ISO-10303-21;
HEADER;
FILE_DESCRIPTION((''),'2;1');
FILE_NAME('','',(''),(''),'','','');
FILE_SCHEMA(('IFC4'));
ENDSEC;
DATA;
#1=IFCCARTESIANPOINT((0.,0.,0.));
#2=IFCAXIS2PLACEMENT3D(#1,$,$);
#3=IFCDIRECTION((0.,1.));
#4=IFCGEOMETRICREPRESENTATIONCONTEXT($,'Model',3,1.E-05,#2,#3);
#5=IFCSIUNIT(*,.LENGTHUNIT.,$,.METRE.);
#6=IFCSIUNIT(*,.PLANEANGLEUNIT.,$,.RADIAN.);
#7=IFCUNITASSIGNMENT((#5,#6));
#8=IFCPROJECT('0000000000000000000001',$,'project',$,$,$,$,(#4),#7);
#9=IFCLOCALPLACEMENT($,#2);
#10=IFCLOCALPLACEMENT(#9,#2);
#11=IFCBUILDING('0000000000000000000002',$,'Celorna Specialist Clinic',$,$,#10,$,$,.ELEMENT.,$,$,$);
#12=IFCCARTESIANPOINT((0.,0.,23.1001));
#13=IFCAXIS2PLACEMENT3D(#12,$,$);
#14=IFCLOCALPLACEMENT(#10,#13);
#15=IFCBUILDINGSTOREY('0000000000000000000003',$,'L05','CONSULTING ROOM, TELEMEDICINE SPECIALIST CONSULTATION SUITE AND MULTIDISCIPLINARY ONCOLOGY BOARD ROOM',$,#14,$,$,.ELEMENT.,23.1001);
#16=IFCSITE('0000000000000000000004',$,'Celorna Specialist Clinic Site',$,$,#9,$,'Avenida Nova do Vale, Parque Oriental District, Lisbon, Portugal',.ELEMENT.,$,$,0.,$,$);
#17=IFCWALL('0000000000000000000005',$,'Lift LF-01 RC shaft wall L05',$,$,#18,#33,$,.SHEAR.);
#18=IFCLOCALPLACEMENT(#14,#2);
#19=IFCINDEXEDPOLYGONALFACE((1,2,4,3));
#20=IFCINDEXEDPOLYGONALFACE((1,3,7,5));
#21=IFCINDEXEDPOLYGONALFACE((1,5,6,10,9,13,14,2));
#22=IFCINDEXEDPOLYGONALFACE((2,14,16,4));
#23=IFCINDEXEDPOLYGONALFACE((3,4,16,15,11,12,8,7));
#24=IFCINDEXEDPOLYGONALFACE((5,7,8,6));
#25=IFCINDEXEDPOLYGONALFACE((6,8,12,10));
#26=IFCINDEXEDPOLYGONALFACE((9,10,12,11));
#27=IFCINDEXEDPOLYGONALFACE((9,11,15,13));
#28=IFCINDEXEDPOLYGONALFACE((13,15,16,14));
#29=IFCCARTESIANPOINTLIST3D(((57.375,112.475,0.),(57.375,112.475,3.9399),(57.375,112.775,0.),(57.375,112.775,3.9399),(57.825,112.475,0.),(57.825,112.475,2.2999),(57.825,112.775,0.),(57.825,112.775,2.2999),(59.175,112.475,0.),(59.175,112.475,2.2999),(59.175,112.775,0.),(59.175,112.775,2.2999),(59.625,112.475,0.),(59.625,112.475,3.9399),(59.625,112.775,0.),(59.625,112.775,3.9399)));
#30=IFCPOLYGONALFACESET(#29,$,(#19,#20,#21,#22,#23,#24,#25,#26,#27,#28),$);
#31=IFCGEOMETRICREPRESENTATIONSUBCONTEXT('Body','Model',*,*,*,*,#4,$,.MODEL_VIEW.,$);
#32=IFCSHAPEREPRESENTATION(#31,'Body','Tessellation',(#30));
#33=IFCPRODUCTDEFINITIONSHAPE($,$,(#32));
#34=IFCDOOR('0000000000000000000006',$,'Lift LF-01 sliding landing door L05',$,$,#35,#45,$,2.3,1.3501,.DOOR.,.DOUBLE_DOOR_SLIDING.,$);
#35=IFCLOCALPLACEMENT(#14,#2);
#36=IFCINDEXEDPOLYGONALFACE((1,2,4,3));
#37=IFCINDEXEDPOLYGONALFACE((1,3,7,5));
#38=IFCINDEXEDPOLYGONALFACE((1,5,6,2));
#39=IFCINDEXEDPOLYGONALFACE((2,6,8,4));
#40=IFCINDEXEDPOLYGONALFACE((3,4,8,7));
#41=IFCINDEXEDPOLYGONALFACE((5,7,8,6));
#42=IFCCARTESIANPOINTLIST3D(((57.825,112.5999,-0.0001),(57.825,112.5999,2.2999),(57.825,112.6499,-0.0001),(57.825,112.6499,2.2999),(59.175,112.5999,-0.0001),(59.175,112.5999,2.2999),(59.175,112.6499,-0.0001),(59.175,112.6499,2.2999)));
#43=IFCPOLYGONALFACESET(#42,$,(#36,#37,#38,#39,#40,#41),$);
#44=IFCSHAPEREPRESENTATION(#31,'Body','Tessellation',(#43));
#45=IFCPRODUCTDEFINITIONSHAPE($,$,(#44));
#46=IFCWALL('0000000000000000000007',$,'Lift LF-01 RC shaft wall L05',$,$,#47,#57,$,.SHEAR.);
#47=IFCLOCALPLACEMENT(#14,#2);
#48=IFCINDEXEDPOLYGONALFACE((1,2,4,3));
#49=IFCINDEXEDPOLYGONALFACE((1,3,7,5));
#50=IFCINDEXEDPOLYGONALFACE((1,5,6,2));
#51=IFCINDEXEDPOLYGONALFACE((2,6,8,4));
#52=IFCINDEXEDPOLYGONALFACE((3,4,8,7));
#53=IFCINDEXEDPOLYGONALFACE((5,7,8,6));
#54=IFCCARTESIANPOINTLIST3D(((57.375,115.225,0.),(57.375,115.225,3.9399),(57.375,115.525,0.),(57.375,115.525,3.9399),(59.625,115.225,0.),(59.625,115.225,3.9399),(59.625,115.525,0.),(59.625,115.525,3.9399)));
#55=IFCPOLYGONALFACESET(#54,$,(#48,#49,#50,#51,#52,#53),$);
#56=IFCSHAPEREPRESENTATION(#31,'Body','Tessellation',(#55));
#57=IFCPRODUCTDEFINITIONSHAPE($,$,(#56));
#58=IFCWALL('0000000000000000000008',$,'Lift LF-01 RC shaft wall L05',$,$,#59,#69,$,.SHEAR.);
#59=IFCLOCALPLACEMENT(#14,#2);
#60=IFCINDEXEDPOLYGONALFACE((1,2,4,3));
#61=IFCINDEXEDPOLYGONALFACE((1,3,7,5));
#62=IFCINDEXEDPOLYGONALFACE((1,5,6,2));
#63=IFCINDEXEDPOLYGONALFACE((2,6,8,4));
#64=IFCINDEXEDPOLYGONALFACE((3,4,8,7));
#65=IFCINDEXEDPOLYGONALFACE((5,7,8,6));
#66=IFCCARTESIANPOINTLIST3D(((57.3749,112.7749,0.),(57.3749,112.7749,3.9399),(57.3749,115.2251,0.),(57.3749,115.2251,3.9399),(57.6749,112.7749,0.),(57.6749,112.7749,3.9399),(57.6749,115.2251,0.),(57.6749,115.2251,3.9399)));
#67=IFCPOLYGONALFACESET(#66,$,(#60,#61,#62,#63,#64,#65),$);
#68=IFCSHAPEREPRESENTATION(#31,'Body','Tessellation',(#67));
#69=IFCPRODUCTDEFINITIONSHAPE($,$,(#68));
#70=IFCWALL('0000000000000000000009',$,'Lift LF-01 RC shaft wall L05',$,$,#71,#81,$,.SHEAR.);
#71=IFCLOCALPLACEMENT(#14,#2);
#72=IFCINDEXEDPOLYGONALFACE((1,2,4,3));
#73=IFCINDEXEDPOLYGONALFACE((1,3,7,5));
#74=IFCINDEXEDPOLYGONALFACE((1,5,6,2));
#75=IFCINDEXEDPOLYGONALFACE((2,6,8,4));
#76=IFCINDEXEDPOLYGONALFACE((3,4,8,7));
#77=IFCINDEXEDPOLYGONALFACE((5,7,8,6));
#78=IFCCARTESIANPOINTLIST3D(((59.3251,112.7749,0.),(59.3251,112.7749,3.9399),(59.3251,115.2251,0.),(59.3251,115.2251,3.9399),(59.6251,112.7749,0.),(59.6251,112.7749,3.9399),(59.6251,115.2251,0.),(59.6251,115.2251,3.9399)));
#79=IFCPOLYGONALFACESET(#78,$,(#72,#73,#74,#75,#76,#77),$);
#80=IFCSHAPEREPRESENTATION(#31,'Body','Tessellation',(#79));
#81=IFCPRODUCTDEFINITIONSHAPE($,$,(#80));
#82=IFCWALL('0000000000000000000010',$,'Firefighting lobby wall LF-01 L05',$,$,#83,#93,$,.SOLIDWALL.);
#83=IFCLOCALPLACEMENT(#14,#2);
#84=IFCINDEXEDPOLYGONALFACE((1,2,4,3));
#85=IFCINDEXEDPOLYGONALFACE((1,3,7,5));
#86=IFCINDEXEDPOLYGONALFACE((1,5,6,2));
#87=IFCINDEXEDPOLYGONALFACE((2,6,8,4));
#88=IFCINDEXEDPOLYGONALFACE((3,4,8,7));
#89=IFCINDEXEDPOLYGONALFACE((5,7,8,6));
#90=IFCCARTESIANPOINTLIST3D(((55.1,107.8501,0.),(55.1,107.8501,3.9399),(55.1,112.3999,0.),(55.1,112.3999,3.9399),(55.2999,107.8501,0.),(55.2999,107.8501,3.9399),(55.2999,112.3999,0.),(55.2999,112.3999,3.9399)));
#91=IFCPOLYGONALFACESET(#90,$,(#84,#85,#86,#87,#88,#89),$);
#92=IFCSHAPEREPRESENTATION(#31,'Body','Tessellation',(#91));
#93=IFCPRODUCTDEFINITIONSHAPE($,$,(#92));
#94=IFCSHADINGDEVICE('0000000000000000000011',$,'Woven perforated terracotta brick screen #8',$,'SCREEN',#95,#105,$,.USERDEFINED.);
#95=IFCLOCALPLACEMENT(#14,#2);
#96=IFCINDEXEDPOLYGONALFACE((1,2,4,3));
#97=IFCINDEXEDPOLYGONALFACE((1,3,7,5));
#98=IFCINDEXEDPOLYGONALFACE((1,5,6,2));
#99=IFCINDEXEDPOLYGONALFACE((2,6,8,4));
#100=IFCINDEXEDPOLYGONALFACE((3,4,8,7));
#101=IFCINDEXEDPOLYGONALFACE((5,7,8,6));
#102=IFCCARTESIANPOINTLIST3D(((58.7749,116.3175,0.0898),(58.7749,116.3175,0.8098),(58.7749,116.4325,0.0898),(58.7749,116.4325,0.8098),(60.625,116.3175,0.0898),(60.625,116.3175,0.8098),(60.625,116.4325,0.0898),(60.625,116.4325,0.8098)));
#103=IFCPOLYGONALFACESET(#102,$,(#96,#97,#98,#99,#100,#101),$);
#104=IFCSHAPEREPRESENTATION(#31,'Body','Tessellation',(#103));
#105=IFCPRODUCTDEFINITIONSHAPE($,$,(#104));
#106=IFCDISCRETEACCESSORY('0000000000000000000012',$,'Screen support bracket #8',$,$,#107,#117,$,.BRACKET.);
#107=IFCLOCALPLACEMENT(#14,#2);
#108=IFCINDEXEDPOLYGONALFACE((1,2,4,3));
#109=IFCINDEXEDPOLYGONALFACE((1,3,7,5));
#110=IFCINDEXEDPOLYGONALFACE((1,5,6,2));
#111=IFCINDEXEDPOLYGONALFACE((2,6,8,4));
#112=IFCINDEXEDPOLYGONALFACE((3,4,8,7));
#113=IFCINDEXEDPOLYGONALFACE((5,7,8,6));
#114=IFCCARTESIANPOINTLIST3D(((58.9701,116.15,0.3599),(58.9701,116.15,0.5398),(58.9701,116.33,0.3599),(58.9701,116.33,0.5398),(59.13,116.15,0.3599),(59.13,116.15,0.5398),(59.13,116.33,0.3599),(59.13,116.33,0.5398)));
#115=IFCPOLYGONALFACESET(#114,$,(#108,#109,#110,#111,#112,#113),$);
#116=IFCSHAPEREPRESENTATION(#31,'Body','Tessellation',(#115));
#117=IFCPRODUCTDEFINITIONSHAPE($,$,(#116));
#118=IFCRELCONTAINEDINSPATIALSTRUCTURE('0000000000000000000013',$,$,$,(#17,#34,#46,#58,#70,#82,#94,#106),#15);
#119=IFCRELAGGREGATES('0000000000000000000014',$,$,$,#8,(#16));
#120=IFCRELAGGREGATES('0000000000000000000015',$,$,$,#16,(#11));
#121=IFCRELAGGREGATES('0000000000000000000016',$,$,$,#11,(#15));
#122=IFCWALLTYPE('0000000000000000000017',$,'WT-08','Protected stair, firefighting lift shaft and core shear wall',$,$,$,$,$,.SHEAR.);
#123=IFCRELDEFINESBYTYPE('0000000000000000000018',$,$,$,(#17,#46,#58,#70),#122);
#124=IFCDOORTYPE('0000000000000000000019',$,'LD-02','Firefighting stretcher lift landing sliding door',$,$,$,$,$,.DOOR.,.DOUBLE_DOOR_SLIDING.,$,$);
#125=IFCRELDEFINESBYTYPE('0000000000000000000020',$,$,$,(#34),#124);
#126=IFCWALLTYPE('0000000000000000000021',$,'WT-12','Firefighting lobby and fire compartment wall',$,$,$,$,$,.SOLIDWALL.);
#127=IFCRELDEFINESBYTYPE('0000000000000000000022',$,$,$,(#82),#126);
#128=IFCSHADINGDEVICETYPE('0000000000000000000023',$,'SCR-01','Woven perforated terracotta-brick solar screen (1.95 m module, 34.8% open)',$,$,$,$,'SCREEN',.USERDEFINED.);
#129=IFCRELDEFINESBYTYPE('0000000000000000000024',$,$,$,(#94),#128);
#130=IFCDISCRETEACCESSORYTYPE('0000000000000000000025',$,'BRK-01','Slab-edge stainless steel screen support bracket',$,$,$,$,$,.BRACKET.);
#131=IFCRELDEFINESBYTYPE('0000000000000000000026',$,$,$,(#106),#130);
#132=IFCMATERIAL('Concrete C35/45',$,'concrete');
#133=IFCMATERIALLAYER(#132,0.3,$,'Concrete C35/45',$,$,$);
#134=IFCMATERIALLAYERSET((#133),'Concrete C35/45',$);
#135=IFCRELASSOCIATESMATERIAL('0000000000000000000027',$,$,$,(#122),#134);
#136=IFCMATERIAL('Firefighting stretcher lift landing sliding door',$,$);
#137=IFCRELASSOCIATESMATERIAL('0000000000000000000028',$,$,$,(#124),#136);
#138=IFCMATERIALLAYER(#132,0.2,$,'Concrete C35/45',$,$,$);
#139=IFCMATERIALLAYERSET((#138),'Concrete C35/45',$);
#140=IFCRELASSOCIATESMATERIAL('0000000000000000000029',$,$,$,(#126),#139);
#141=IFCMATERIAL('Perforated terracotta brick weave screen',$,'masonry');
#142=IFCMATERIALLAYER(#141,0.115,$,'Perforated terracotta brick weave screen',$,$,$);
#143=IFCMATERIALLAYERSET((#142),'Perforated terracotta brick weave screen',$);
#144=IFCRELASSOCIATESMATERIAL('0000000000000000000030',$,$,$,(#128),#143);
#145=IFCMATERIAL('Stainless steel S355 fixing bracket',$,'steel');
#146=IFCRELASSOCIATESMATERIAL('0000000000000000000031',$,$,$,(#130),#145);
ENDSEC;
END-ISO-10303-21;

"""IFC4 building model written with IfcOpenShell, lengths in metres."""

from ifc_helpers import new_model, si_unit, direction, frame, frame_2d, origin, origin_2d, place, context, subcontext, project, spatial, rectangle, extrude, material, layer, layer_set, type_object, element, fill, save


model = new_model("IFC4")

# Units and contexts
model_context = context("Model", 3, precision=1e-05, world=origin(), true_north=direction((0.0, 1.0)))
body_context = subcontext(model_context, "Body", "Model", "MODEL_VIEW")
ifc_project = project(units=[si_unit("LENGTHUNIT", "METRE"), si_unit("PLANEANGLEUNIT", "RADIAN")], contexts=[model_context])

# Site, building, storey
site_placement = place(None, origin())
site = spatial("IfcSite", under=ifc_project, at=site_placement, Name="Celorna Specialist Clinic Site", LongName="Avenida Nova do Vale, Parque Oriental District, Lisbon, Portugal", CompositionType="ELEMENT", RefElevation=0.0)
building_placement = place(site_placement, origin())
building = spatial("IfcBuilding", under=site, at=building_placement, Name="Celorna Specialist Clinic", CompositionType="ELEMENT")
storey_placement = place(building_placement, frame((0.0, 0.0, 23.1001)))
storey = spatial("IfcBuildingStorey", under=building, at=storey_placement, Name="L05", Description="CONSULTING ROOM, TELEMEDICINE SPECIALIST CONSULTATION SUITE AND MULTIDISCIPLINARY ONCOLOGY BOARD ROOM", CompositionType="ELEMENT", Elevation=23.1001)

# Shared definitions
ifc_material_1 = material(Name="Concrete C35/45", Category="concrete")

# Shared definitions
ifc_layer_1 = layer(ifc_material_1, 0.3, Name="Concrete C35/45")
ifc_layer_set_1 = layer_set([ifc_layer_1], Name="Concrete C35/45")
wall_type_1 = type_object("IfcWallType", Name="WT-08", Description="Protected stair, firefighting lift shaft and core shear wall", PredefinedType="SHEAR", material=ifc_layer_set_1)

# Wall, opening, door
wall_1_placement = place(storey_placement, frame((57.375, 112.625, 0.0), z_axis=(0.0, 0.0, 1.0), x_axis=(1.0, 0.0, 0.0)))
wall_1 = element("IfcWall", 1, at=wall_1_placement, inside=storey, type_object=wall_type_1, Name="Lift LF-01 RC shaft wall L05", PredefinedType="SHEAR", context=body_context, shape_type="SweptSolid", body=[
    extrude(rectangle(XDim=2.25, YDim=0.3, at=frame_2d((1.125, 0.0))), origin(), (0.0, 0.0, 1.0), 3.9399),
])
opening_1_placement = place(wall_1_placement, frame((0.45, 0.0, 0.0)))
opening_1 = element("IfcOpeningElement", 2, at=opening_1_placement, cuts=wall_1, PredefinedType="OPENING", context=body_context, shape_type="SweptSolid", body=[
    extrude(rectangle(XDim=1.3501, YDim=2.3, at=frame_2d((0.675, 1.1499))), frame((0.0, 0.1599, 0.0), z_axis=(0.0, -1.0, 0.0), x_axis=(1.0, 0.0, 0.0)), (0.0, 0.0, 1.0), 0.3201),
])
ifc_material_2 = material(Name="Firefighting stretcher lift landing sliding door")
door_type = type_object("IfcDoorType", Name="LD-02", Description="Firefighting stretcher lift landing sliding door", OperationType="DOUBLE_DOOR_SLIDING", PredefinedType="DOOR", material=ifc_material_2)
door_placement = place(opening_1_placement, origin())
door = element("IfcDoor", 3, at=door_placement, inside=storey, type_object=door_type, Name="Lift LF-01 sliding landing door L05", OperationType="DOUBLE_DOOR_SLIDING", OverallHeight=2.3, OverallWidth=1.3501, PredefinedType="DOOR", context=body_context, shape_type="SweptSolid", body=[
    extrude(rectangle(XDim=1.3501, YDim=2.3, at=frame_2d((0.675, 1.1499))), frame((0.0, 0.0249, 0.0), z_axis=(0.0, -1.0, 0.0), x_axis=(1.0, 0.0, 0.0)), (0.0, 0.0, 1.0), 0.05),
])
fill(opening_1, door)

# Walls
wall_2_placement = place(storey_placement, frame((59.625, 115.375, 0.0), z_axis=(0.0, 0.0, 1.0), x_axis=(-1.0, 0.0, 0.0)))
element("IfcWall", 4, at=wall_2_placement, inside=storey, type_object=wall_type_1, Name="Lift LF-01 RC shaft wall L05", PredefinedType="SHEAR", context=body_context, shape_type="SweptSolid", body=[
    extrude(rectangle(XDim=2.25, YDim=0.3, at=frame_2d((1.125, 0.0))), origin(), (0.0, 0.0, 1.0), 3.9399),
])
for number, where, z_axis, x_axis, name in (
    (5, (57.5249, 115.2251, 0.0), (0.0, 0.0, 1.0), (0.0, -1.0, 0.0), "Lift LF-01 RC shaft wall L05"),
    (6, (59.4751, 112.7749, 0.0), (0.0, 0.0, 1.0), (0.0, 1.0, 0.0), "Lift LF-01 RC shaft wall L05"),
):
    element("IfcWall", number, at=place(storey_placement, frame(where, z_axis=z_axis, x_axis=x_axis)), inside=storey, type_object=wall_type_1, Name=name, PredefinedType="SHEAR", context=body_context, shape_type="SweptSolid", body=[
        extrude(rectangle(XDim=2.4502, YDim=0.3, at=frame_2d((1.2251, 0.0))), origin(), (0.0, 0.0, 1.0), 3.9399),
    ])
ifc_layer_2 = layer(ifc_material_1, 0.2, Name="Concrete C35/45")
ifc_layer_set_2 = layer_set([ifc_layer_2], Name="Concrete C35/45")
wall_type_2 = type_object("IfcWallType", Name="WT-12", Description="Firefighting lobby and fire compartment wall", PredefinedType="SOLIDWALL", material=ifc_layer_set_2)
wall_3_placement = place(storey_placement, frame((55.2, 112.3999, 0.0), z_axis=(0.0, 0.0, 1.0), x_axis=(0.0, -1.0, 0.0)))
element("IfcWall", 7, at=wall_3_placement, inside=storey, type_object=wall_type_2, Name="Firefighting lobby wall LF-01 L05", PredefinedType="SOLIDWALL", context=body_context, shape_type="SweptSolid", body=[
    extrude(rectangle(XDim=4.5498, YDim=0.2, at=frame_2d((2.2749, 0.0))), origin(), (0.0, 0.0, 1.0), 3.9399),
])

# Shading device
ifc_material_3 = material(Name="Perforated terracotta brick weave screen", Category="masonry")
ifc_layer_3 = layer(ifc_material_3, 0.115, Name="Perforated terracotta brick weave screen")
ifc_layer_set_3 = layer_set([ifc_layer_3], Name="Perforated terracotta brick weave screen")
shading_device_type = type_object("IfcShadingDeviceType", Name="SCR-01", Description="Woven perforated terracotta-brick solar screen (1.95 m module, 34.8% open)", ElementType="SCREEN", PredefinedType="USERDEFINED", material=ifc_layer_set_3)
shading_device_placement = place(storey_placement, frame((59.7, 116.375, 0.0898), z_axis=(0.0, 0.0, 1.0), x_axis=(1.0, 0.0, 0.0)))
element("IfcShadingDevice", 8, at=shading_device_placement, inside=storey, type_object=shading_device_type, Name="Woven perforated terracotta brick screen #8", ObjectType="SCREEN", PredefinedType="USERDEFINED", context=body_context, shape_type="SweptSolid", body=[
    extrude(rectangle(XDim=1.8501, YDim=0.115, at=origin_2d()), origin(), (0.0, 0.0, 1.0), 0.72),
])

# Discrete accessory
ifc_material_4 = material(Name="Stainless steel S355 fixing bracket", Category="steel")
discrete_accessory_type = type_object("IfcDiscreteAccessoryType", Name="BRK-01", Description="Slab-edge stainless steel screen support bracket", PredefinedType="BRACKET", material=ifc_material_4)
discrete_accessory_placement = place(storey_placement, frame((59.05, 116.24, 0.3599), z_axis=(0.0, 0.0, 1.0), x_axis=(1.0, 0.0, 0.0)))
element("IfcDiscreteAccessory", 9, at=discrete_accessory_placement, inside=storey, type_object=discrete_accessory_type, Name="Screen support bracket #8", PredefinedType="BRACKET", context=body_context, shape_type="SweptSolid", body=[
    extrude(rectangle(XDim=0.1599, YDim=0.1799, at=origin_2d()), origin(), (0.0, 0.0, 1.0), 0.1799),
])

save(model, "model.ifc")
